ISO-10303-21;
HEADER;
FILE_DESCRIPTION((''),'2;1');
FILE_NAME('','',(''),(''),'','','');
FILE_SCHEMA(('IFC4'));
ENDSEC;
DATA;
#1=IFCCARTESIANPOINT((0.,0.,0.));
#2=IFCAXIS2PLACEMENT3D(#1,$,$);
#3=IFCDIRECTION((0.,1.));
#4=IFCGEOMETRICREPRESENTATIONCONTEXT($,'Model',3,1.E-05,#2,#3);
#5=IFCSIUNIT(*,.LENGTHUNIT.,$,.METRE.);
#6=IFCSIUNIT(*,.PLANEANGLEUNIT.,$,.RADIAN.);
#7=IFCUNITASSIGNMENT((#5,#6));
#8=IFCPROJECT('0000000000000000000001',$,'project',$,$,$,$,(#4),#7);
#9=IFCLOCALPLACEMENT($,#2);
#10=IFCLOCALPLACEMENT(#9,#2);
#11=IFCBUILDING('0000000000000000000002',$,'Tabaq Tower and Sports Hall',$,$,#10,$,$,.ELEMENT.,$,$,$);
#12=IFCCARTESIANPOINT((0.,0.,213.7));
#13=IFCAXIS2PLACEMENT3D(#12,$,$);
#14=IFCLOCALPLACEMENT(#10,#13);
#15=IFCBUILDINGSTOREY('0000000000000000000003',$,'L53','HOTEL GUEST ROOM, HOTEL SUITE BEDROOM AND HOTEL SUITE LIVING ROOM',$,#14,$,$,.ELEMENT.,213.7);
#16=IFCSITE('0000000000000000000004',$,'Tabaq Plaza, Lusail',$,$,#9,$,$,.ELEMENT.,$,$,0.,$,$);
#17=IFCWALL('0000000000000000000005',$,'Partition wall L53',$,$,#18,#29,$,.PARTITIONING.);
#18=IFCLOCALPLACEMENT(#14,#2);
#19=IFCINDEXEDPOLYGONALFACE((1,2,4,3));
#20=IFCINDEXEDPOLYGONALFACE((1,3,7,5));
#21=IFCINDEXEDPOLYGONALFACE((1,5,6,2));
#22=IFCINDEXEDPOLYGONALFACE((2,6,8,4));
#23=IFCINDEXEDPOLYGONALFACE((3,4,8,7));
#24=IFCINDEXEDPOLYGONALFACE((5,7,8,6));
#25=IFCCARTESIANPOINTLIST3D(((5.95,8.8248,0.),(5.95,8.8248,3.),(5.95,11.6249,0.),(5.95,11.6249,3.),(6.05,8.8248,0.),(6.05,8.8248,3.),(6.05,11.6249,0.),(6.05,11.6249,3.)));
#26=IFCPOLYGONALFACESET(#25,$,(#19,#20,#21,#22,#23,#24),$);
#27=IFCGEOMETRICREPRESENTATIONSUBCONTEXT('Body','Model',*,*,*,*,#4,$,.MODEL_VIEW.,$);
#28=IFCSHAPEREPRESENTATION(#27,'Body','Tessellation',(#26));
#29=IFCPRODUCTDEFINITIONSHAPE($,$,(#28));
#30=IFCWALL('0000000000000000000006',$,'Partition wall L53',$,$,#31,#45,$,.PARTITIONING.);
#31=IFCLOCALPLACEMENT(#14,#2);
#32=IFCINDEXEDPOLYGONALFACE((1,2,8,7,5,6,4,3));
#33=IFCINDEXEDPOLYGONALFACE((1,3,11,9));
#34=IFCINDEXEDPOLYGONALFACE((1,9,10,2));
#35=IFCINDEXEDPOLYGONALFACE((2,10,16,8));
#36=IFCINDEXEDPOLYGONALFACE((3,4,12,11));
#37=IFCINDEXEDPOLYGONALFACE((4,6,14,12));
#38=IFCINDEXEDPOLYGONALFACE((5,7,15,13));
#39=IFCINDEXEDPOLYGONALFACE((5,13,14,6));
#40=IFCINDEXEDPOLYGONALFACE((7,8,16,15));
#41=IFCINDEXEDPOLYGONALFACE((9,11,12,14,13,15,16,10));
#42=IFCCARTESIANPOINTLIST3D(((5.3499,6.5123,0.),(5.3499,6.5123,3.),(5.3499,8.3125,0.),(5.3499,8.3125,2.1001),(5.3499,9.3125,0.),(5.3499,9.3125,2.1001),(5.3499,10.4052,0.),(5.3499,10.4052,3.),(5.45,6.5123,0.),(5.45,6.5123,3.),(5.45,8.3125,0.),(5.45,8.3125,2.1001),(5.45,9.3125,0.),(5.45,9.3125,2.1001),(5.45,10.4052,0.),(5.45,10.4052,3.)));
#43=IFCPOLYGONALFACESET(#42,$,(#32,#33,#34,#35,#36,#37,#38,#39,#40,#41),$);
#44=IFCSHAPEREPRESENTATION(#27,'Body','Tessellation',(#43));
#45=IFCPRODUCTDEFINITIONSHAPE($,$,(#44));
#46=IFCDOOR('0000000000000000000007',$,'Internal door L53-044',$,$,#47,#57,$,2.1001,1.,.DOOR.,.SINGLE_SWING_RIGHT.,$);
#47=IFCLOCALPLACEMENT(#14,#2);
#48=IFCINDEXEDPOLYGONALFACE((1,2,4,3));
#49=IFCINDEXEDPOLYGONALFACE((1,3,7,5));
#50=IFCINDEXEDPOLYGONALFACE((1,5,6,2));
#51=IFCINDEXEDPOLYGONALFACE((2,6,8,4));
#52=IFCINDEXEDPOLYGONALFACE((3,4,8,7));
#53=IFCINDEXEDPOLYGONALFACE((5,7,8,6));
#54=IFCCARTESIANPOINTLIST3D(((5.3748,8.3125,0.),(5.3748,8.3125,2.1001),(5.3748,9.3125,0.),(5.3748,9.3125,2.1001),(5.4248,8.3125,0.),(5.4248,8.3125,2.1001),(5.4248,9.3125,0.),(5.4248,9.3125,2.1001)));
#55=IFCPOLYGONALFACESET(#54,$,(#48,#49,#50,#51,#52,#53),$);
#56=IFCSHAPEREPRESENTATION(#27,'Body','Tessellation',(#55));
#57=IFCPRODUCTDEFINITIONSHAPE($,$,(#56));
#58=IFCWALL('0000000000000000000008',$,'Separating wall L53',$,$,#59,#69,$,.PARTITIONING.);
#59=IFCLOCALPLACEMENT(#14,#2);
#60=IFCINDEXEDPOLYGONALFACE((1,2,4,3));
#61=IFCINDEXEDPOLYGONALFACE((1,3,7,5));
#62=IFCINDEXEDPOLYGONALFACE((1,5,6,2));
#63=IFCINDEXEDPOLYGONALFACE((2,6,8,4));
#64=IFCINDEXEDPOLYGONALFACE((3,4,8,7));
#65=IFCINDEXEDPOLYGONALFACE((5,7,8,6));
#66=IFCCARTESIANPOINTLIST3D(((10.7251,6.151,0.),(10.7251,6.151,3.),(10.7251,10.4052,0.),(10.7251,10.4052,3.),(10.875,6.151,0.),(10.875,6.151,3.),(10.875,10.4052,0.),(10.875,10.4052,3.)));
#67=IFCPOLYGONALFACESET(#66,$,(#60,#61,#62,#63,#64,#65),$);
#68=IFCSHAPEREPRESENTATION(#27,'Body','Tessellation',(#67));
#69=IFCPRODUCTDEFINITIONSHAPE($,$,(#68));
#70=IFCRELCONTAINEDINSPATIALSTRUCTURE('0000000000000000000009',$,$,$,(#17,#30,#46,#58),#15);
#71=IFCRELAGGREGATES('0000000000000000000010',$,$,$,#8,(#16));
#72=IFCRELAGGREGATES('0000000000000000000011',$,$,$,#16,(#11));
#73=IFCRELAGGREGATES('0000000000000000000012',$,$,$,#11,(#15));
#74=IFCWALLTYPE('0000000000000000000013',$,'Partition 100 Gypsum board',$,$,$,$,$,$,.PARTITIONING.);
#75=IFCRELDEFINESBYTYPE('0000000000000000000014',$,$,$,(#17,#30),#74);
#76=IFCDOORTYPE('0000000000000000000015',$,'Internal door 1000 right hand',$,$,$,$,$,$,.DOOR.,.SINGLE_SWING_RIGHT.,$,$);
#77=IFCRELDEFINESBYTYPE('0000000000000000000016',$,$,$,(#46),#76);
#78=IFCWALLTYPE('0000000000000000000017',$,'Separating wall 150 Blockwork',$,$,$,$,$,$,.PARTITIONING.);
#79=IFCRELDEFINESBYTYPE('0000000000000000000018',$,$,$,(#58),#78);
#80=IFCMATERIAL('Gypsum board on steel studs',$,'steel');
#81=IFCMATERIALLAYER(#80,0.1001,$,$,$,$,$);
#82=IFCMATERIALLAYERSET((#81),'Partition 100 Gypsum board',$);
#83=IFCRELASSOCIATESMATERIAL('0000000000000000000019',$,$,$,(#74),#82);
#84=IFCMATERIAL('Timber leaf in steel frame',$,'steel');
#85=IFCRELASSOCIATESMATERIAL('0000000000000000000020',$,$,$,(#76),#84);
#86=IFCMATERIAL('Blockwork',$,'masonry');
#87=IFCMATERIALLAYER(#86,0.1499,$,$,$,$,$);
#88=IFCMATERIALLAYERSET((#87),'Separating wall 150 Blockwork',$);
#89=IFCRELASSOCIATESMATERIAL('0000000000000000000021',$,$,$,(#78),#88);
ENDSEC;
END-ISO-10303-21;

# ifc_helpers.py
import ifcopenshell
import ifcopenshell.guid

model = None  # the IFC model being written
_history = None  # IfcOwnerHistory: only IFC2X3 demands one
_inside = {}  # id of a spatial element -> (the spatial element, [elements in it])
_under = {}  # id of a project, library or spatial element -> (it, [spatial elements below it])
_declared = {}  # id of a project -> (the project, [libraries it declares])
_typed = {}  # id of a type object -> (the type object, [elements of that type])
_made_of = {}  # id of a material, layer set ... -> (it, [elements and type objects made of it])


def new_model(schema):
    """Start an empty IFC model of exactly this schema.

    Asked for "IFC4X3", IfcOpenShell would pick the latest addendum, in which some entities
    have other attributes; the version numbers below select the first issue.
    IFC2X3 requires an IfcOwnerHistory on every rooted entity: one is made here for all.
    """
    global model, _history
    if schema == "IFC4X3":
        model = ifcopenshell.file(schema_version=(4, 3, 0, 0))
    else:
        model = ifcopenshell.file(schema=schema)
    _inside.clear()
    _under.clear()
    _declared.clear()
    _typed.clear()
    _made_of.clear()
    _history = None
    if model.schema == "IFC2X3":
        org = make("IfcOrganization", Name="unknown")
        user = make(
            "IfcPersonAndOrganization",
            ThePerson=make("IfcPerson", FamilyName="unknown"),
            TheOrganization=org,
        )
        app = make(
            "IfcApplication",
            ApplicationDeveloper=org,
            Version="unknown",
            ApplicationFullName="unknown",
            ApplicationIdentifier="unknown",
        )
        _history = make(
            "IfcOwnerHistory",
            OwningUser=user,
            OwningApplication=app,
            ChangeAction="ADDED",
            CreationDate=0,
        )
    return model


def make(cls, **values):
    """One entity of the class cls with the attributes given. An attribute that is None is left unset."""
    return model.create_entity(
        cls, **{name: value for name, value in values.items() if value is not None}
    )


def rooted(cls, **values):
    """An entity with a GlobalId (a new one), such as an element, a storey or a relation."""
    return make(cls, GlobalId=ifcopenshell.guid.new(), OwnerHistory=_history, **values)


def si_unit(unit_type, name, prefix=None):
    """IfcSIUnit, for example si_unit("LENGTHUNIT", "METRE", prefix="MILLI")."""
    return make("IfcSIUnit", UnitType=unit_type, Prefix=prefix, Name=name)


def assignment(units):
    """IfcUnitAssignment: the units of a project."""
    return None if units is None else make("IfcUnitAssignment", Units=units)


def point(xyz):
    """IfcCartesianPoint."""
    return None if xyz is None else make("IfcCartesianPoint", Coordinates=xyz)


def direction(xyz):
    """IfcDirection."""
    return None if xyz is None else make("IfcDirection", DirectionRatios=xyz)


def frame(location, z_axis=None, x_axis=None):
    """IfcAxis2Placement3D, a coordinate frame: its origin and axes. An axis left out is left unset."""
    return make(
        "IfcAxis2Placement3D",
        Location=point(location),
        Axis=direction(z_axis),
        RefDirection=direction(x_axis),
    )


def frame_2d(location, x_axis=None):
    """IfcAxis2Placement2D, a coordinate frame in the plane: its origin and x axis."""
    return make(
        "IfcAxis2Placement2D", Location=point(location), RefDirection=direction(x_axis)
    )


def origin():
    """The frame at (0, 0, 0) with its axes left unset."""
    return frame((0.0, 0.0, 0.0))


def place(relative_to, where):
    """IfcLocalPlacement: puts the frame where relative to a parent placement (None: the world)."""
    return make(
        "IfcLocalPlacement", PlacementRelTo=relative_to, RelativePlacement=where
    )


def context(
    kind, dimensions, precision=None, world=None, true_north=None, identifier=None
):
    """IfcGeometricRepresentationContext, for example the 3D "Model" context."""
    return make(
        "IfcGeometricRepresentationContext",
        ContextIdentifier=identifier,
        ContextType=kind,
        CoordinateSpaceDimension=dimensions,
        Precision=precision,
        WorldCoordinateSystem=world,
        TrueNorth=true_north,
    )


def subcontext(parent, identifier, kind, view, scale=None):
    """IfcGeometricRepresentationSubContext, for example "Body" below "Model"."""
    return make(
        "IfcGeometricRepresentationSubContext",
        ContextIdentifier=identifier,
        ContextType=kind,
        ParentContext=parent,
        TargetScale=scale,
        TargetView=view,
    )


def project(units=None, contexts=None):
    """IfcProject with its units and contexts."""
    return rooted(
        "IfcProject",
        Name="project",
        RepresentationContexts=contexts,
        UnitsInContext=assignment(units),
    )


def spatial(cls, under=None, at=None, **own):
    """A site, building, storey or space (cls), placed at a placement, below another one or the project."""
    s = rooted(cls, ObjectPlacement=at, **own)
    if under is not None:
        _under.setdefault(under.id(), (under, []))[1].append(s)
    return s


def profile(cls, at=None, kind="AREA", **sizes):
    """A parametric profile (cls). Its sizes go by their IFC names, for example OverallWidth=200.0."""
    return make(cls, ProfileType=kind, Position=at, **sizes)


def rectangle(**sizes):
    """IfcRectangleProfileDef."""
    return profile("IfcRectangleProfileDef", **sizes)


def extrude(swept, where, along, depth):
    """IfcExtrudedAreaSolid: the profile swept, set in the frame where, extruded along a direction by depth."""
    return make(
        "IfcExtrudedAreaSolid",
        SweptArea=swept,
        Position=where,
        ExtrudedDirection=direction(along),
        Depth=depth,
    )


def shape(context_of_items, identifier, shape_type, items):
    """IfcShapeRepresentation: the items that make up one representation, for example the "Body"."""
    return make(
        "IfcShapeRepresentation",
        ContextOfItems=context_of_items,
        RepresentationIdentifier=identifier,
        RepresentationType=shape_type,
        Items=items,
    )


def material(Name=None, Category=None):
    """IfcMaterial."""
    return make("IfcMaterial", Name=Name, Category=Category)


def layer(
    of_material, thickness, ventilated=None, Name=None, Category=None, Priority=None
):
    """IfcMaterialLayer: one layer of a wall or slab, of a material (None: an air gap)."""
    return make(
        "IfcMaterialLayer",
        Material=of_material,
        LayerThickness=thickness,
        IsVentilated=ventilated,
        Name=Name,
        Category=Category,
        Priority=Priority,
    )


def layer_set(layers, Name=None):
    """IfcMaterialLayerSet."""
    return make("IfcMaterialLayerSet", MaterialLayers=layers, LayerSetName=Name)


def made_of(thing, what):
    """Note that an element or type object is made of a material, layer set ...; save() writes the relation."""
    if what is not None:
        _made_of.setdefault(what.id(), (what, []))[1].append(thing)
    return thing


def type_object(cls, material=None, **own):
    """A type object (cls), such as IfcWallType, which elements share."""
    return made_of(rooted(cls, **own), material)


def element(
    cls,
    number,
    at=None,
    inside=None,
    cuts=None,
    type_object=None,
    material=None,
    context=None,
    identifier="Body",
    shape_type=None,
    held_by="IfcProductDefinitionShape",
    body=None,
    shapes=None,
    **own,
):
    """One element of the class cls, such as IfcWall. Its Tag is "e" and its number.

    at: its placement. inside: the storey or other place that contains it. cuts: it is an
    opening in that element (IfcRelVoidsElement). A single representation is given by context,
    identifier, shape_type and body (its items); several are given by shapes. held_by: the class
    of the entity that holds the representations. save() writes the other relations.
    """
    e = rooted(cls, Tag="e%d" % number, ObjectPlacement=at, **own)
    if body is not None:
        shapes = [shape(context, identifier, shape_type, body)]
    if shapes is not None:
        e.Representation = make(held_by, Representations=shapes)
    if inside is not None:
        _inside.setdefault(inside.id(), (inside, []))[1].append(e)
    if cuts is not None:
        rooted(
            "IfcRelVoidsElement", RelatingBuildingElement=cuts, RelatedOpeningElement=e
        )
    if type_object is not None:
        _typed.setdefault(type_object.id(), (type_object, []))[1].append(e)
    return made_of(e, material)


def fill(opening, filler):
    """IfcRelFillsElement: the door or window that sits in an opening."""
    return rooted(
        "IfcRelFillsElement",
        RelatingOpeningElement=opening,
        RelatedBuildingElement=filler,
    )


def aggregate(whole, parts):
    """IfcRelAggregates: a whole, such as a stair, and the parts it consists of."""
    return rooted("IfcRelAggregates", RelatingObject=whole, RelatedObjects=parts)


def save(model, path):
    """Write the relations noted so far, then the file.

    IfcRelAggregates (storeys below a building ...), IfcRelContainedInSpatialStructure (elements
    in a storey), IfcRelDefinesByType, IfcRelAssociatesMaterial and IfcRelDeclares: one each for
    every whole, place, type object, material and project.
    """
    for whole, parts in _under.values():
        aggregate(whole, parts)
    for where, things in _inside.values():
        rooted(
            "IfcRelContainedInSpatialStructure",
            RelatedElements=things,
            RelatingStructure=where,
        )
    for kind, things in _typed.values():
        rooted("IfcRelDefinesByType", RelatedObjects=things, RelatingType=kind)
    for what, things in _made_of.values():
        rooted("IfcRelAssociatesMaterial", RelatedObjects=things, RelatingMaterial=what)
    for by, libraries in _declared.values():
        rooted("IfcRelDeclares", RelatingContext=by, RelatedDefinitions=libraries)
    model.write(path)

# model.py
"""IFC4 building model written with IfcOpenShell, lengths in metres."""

from ifc_helpers import new_model, si_unit, direction, frame, frame_2d, origin, place, context, subcontext, project, spatial, rectangle, extrude, material, layer, layer_set, type_object, element, fill, save


model = new_model("IFC4")

# Units and contexts
model_context = context("Model", 3, precision=1e-05, world=origin(), true_north=direction((0.0, 1.0)))
body_context = subcontext(model_context, "Body", "Model", "MODEL_VIEW")
ifc_project = project(units=[si_unit("LENGTHUNIT", "METRE"), si_unit("PLANEANGLEUNIT", "RADIAN")], contexts=[model_context])

# Site, building, storey
site_placement = place(None, origin())
site = spatial("IfcSite", under=ifc_project, at=site_placement, Name="Tabaq Plaza, Lusail", CompositionType="ELEMENT", RefElevation=0.0)
building_placement = place(site_placement, origin())
building = spatial("IfcBuilding", under=site, at=building_placement, Name="Tabaq Tower and Sports Hall", CompositionType="ELEMENT")
storey_placement = place(building_placement, frame((0.0, 0.0, 213.7)))
storey = spatial("IfcBuildingStorey", under=building, at=storey_placement, Name="L53", Description="HOTEL GUEST ROOM, HOTEL SUITE BEDROOM AND HOTEL SUITE LIVING ROOM", CompositionType="ELEMENT", Elevation=213.7)

# Shared definitions
ifc_material_1 = material(Name="Gypsum board on steel studs", Category="steel")
ifc_layer_1 = layer(ifc_material_1, 0.1001)
ifc_layer_set_1 = layer_set([ifc_layer_1], Name="Partition 100 Gypsum board")
wall_type_1 = type_object("IfcWallType", Name="Partition 100 Gypsum board", PredefinedType="PARTITIONING", material=ifc_layer_set_1)

# Wall
wall_1_placement = place(storey_placement, frame((6.0, 8.825, 0.0), z_axis=(0.0, 0.0, 1.0), x_axis=(0.0, 1.0, 0.0)))
element("IfcWall", 1, at=wall_1_placement, inside=storey, type_object=wall_type_1, Name="Partition wall L53", PredefinedType="PARTITIONING", context=body_context, shape_type="SweptSolid", body=[
    extrude(rectangle(XDim=2.8, YDim=0.1001, at=frame_2d((1.3999, 0.0))), origin(), (0.0, 0.0, 1.0), 3.0),
])

# Wall, opening, door
wall_2_placement = place(storey_placement, frame((5.3999, 10.405, 0.0), z_axis=(0.0, 0.0, 1.0), x_axis=(0.0, -1.0, 0.0)))
wall_2 = element("IfcWall", 2, at=wall_2_placement, inside=storey, type_object=wall_type_1, Name="Partition wall L53", PredefinedType="PARTITIONING", context=body_context, shape_type="SweptSolid", body=[
    extrude(rectangle(XDim=3.8928, YDim=0.1001, at=frame_2d((1.9463, 0.0))), origin(), (0.0, 0.0, 1.0), 3.0),
])
opening_1_placement = place(wall_2_placement, frame((1.0925, 0.0, 0.0)))
opening_1 = element("IfcOpeningElement", 3, at=opening_1_placement, cuts=wall_2, PredefinedType="OPENING", context=body_context, shape_type="SweptSolid", body=[
    extrude(rectangle(XDim=1.0, YDim=2.1001, at=frame_2d((0.5, 1.05))), frame((0.0, 0.05, 0.0), z_axis=(0.0, -1.0, 0.0), x_axis=(1.0, 0.0, 0.0)), (0.0, 0.0, 1.0), 0.1001),
])
ifc_material_2 = material(Name="Timber leaf in steel frame", Category="steel")
door_type_1 = type_object("IfcDoorType", Name="Internal door 1000 right hand", OperationType="SINGLE_SWING_RIGHT", PredefinedType="DOOR", material=ifc_material_2)
door_1_placement = place(opening_1_placement, origin())
door_1 = element("IfcDoor", 4, at=door_1_placement, inside=storey, type_object=door_type_1, Name="Internal door L53-044", OperationType="SINGLE_SWING_RIGHT", OverallHeight=2.1001, OverallWidth=1.0, PredefinedType="DOOR", context=body_context, shape_type="SweptSolid", body=[
    extrude(rectangle(XDim=1.0, YDim=2.1001, at=frame_2d((0.5, 1.05))), frame((0.0, 0.0249, 0.0), z_axis=(0.0, -1.0, 0.0), x_axis=(1.0, 0.0, 0.0)), (0.0, 0.0, 1.0), 0.05),
])
fill(opening_1, door_1)

# Wall
ifc_material_3 = material(Name="Blockwork", Category="masonry")
ifc_layer_2 = layer(ifc_material_3, 0.1499)
ifc_layer_set_2 = layer_set([ifc_layer_2], Name="Separating wall 150 Blockwork")
wall_type_2 = type_object("IfcWallType", Name="Separating wall 150 Blockwork", PredefinedType="PARTITIONING", material=ifc_layer_set_2)
wall_3_placement = place(storey_placement, frame((10.8, 10.405, 0.0), z_axis=(0.0, 0.0, 1.0), x_axis=(0.0, -1.0, 0.0)))
element("IfcWall", 5, at=wall_3_placement, inside=storey, type_object=wall_type_2, Name="Separating wall L53", PredefinedType="PARTITIONING", context=body_context, shape_type="SweptSolid", body=[
    extrude(rectangle(XDim=4.2542, YDim=0.1499, at=frame_2d((2.127, 0.0))), origin(), (0.0, 0.0, 1.0), 3.0),
])

save(model, "model.ifc")
